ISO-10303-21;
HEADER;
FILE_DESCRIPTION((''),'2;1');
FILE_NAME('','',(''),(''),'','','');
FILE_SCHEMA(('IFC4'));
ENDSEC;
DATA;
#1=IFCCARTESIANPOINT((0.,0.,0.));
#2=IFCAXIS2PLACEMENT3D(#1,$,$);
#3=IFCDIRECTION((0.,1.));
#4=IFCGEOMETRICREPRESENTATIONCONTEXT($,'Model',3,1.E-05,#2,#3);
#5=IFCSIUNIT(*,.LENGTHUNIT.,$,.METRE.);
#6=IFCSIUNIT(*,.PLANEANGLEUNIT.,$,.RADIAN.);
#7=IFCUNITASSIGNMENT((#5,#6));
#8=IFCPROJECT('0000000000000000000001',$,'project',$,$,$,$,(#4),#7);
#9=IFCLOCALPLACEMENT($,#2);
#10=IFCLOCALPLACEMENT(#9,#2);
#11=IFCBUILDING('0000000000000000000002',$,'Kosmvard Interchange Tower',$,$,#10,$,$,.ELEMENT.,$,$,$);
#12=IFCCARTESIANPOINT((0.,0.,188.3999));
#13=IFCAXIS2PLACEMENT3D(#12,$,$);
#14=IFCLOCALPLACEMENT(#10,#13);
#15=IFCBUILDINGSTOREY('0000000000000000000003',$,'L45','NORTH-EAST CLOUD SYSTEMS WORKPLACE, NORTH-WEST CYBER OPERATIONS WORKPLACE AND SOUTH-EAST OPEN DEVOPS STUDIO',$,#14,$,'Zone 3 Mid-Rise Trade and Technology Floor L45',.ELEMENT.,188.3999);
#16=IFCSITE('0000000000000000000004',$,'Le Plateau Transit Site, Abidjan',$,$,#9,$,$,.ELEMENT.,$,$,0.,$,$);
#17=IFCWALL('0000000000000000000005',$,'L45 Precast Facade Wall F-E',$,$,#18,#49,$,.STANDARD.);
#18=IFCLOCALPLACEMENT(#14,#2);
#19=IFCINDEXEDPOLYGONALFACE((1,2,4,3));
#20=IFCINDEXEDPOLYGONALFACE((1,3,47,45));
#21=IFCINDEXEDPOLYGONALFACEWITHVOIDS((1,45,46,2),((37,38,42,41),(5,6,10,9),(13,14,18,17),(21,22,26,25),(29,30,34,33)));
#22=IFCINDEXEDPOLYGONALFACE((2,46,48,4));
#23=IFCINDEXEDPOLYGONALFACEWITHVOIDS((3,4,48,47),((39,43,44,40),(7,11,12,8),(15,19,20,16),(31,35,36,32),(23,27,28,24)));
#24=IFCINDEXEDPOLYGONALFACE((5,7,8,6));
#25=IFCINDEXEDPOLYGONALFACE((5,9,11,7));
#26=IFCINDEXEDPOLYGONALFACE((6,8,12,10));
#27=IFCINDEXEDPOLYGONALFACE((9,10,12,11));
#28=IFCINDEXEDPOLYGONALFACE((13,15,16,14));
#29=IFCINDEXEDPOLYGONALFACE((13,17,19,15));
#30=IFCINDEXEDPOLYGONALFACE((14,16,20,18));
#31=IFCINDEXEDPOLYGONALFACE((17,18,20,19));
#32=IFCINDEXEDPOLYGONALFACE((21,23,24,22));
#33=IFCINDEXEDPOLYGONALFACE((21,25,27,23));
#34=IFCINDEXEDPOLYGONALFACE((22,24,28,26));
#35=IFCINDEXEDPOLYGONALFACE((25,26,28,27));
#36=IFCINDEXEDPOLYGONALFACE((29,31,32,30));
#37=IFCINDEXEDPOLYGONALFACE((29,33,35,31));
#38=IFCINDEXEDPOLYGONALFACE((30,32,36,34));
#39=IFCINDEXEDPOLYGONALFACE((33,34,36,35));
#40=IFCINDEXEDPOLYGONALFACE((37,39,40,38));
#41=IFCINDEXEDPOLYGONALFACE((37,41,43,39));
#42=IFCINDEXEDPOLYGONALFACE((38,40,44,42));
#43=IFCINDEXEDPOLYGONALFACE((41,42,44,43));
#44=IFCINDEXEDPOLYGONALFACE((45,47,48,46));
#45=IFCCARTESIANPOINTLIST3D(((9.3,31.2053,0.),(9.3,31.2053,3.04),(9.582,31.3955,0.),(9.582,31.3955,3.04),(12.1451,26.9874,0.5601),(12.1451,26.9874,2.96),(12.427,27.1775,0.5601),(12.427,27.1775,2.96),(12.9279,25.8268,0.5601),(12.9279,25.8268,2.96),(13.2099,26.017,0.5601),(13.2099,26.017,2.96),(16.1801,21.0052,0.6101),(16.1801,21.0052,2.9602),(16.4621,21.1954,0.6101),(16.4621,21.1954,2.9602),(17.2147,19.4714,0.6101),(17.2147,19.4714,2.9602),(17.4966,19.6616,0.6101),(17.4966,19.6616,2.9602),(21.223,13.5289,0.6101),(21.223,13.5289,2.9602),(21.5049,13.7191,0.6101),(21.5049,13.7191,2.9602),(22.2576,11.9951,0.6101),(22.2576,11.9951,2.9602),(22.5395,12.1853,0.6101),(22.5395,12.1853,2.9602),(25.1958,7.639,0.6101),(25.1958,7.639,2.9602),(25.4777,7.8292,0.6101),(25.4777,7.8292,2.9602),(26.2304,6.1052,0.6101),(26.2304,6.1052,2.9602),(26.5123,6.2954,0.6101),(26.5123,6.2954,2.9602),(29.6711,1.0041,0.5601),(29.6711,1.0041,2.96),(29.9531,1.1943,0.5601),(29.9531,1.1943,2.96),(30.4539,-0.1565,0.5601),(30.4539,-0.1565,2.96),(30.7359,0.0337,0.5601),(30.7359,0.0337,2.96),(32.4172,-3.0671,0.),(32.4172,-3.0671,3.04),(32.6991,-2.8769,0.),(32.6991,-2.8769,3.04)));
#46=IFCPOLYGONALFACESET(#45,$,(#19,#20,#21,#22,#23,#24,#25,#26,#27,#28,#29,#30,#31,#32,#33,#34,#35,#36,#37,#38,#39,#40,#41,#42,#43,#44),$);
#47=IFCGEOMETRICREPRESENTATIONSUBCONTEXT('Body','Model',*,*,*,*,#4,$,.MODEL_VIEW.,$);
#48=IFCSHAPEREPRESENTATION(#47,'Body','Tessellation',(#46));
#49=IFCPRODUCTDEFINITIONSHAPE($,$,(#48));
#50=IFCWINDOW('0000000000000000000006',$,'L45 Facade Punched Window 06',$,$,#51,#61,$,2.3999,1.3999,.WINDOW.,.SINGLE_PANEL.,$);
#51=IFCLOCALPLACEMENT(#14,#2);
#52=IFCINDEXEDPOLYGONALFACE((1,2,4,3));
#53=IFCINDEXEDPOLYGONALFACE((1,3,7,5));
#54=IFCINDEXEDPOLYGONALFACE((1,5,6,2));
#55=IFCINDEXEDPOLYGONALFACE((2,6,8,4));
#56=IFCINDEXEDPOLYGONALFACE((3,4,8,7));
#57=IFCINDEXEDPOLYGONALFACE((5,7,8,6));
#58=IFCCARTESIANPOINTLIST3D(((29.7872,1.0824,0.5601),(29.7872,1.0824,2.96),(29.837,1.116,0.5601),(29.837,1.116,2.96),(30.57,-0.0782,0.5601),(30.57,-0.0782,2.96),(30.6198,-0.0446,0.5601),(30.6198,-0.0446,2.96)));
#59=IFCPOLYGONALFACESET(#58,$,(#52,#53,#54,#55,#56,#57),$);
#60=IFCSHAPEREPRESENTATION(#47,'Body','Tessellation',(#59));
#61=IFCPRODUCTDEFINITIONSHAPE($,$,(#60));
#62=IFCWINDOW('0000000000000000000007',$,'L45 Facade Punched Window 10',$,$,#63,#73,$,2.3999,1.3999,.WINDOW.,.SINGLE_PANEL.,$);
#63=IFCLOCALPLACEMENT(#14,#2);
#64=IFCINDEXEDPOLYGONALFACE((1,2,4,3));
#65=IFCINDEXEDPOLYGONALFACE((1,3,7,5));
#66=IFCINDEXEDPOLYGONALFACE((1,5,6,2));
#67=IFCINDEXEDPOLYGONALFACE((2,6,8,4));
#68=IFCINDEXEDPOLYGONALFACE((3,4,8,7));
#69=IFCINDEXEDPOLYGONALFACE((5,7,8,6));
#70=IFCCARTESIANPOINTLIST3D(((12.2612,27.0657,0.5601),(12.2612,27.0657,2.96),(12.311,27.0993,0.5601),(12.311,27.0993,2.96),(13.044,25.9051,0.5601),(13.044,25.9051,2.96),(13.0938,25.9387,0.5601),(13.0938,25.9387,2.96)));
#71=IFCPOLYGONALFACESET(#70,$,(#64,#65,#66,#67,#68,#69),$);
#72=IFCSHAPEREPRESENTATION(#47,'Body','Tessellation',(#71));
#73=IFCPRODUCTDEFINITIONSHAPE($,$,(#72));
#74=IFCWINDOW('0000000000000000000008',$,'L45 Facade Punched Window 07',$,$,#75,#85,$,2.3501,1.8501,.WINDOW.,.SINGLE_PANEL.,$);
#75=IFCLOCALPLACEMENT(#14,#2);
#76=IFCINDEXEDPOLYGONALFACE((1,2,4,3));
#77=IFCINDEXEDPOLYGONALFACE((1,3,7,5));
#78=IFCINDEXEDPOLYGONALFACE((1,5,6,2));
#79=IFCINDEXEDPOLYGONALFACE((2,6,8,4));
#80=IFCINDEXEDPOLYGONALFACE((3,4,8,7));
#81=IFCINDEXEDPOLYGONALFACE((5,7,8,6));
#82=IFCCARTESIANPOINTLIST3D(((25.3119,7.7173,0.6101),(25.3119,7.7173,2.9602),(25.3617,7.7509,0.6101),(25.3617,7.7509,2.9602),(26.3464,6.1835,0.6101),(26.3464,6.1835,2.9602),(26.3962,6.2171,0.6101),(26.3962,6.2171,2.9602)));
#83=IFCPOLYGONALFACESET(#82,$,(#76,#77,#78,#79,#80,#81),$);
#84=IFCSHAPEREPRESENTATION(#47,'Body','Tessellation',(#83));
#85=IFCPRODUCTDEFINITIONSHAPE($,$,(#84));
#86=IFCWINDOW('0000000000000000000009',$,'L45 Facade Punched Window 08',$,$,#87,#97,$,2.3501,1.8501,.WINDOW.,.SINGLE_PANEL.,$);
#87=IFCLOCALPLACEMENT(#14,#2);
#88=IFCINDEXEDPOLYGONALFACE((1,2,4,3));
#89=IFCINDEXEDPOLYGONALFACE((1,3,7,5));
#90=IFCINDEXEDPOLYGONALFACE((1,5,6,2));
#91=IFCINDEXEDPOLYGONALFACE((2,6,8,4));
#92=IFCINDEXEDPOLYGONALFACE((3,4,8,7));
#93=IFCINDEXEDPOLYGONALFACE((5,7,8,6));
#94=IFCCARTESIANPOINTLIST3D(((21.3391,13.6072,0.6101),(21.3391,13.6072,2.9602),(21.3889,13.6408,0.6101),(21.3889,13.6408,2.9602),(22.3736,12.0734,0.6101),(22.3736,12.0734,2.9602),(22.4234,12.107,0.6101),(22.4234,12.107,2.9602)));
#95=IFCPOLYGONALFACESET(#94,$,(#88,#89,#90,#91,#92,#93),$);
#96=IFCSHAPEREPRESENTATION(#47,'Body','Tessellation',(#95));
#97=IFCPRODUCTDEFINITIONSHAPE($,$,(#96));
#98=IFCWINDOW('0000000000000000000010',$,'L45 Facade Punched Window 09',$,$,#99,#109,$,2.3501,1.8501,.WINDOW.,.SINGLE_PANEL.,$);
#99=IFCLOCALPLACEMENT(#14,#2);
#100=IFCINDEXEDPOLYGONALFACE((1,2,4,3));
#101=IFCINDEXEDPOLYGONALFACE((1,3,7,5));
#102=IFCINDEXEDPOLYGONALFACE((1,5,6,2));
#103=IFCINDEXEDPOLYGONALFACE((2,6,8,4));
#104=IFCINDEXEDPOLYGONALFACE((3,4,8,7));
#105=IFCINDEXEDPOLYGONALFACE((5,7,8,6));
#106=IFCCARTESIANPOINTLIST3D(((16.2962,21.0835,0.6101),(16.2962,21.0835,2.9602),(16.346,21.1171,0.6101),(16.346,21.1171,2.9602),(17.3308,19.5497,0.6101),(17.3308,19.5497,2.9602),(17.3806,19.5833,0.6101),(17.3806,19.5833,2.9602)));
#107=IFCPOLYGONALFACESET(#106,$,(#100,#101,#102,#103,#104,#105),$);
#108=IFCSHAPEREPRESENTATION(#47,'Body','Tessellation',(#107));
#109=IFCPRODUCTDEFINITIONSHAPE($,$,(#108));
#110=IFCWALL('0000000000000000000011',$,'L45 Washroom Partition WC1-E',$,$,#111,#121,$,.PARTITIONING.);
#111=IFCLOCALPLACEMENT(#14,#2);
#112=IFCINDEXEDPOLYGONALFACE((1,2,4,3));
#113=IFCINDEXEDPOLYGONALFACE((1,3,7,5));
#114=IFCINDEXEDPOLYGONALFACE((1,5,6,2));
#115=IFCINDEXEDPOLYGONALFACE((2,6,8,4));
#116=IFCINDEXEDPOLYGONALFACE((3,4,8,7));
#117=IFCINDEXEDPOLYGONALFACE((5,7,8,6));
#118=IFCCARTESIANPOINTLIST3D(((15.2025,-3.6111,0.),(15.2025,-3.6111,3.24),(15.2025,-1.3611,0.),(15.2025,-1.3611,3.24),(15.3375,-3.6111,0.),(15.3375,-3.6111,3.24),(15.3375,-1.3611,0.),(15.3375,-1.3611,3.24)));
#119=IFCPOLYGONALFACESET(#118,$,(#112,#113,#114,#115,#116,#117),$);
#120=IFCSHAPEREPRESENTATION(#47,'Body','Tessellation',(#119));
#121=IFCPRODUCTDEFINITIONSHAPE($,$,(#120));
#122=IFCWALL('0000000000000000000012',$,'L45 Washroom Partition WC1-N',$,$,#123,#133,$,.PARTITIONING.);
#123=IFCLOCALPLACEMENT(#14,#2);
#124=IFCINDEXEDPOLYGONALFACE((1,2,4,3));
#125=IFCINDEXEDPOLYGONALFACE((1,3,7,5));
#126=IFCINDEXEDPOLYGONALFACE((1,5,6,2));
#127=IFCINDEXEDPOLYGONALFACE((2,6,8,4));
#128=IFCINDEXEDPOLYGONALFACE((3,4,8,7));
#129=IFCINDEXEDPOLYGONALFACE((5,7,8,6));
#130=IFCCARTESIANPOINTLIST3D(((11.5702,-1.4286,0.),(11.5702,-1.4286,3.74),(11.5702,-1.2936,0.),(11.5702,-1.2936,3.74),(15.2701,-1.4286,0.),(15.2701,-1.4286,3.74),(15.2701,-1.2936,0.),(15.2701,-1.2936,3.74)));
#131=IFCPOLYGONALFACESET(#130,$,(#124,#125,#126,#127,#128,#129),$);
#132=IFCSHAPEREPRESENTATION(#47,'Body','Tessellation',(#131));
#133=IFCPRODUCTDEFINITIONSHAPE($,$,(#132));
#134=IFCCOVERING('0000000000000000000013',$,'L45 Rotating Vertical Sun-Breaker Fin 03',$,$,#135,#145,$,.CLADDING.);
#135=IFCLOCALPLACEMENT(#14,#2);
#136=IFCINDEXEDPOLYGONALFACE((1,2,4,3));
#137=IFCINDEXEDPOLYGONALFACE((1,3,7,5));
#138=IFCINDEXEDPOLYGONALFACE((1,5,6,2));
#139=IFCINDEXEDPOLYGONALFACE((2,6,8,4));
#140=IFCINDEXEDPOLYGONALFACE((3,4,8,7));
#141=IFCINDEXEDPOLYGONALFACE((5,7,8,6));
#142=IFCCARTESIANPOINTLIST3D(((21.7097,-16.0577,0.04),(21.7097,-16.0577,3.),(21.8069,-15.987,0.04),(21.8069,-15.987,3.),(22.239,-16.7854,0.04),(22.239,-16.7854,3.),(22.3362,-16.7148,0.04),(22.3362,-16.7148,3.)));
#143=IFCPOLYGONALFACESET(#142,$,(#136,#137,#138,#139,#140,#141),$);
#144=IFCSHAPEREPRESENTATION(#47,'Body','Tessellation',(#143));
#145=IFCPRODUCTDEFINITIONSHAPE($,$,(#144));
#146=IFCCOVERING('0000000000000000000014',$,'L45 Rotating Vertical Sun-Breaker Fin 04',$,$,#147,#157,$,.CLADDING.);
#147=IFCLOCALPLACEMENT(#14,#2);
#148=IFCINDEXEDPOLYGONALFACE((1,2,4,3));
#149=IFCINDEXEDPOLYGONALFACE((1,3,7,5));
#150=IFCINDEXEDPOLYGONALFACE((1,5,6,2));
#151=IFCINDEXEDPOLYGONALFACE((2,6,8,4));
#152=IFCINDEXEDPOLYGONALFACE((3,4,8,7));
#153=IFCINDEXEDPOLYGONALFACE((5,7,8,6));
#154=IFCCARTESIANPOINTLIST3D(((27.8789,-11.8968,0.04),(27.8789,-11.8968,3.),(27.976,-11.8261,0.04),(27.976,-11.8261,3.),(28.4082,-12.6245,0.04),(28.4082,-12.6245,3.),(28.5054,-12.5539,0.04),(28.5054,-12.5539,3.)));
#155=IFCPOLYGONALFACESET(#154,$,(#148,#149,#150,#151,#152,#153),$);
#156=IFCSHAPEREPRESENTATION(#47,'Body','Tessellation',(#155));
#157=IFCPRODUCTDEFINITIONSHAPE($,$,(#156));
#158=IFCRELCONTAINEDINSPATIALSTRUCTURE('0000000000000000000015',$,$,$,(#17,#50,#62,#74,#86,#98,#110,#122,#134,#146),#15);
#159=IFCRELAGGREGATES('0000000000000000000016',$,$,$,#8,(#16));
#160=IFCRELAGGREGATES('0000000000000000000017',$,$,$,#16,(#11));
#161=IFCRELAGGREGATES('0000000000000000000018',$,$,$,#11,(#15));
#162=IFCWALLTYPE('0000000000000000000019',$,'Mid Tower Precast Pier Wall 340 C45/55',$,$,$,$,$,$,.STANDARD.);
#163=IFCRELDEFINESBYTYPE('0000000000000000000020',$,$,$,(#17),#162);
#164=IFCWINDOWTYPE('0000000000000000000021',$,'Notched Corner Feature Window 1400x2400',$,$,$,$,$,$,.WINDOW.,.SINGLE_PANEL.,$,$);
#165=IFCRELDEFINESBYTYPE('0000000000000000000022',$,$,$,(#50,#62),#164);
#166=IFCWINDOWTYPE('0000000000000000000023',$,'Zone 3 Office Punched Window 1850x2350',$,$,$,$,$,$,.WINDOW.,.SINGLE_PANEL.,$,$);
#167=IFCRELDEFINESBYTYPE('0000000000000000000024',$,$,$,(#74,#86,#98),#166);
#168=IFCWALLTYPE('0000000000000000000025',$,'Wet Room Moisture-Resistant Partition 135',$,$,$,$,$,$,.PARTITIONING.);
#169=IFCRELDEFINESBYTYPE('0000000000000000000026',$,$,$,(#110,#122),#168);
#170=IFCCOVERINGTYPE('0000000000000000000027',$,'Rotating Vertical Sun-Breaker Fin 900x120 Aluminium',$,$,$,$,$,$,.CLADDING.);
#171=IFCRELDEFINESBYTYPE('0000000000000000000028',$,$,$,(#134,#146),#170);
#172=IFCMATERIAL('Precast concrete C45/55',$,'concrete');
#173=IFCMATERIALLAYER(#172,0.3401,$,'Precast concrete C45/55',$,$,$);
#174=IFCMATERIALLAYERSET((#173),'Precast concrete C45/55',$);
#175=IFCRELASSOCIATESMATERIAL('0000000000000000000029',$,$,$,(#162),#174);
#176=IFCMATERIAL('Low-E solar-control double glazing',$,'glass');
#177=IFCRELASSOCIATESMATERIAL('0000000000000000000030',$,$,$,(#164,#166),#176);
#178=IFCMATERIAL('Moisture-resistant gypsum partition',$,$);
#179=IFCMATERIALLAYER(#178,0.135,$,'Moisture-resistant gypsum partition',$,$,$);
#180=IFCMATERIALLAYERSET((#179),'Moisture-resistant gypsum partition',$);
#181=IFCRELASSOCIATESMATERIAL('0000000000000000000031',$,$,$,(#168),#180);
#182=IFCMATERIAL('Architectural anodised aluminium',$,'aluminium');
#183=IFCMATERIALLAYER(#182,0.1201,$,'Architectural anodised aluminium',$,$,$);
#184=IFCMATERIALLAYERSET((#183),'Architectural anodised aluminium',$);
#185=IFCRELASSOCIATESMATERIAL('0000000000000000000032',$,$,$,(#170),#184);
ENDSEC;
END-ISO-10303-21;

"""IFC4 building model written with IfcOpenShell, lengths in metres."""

from ifc_helpers import new_model, si_unit, direction, frame, frame_2d, origin, origin_2d, place, context, subcontext, project, spatial, rectangle, extrude, source, transform, mapped, material, layer, layer_set, type_object, element, fill, save


model = new_model("IFC4")

# Units and contexts
model_context = context("Model", 3, precision=1e-05, world=origin(), true_north=direction((0.0, 1.0)))
body_context = subcontext(model_context, "Body", "Model", "MODEL_VIEW")
ifc_project = project(units=[si_unit("LENGTHUNIT", "METRE"), si_unit("PLANEANGLEUNIT", "RADIAN")], contexts=[model_context])

# Site, building, storey
site_placement = place(None, origin())
site = spatial("IfcSite", under=ifc_project, at=site_placement, Name="Le Plateau Transit Site, Abidjan", CompositionType="ELEMENT", RefElevation=0.0)
building_placement = place(site_placement, origin())
building = spatial("IfcBuilding", under=site, at=building_placement, Name="Kosmvard Interchange Tower", CompositionType="ELEMENT")
storey_placement = place(building_placement, frame((0.0, 0.0, 188.3999)))
storey = spatial("IfcBuildingStorey", under=building, at=storey_placement, Name="L45", Description="NORTH-EAST CLOUD SYSTEMS WORKPLACE, NORTH-WEST CYBER OPERATIONS WORKPLACE AND SOUTH-EAST OPEN DEVOPS STUDIO", LongName="Zone 3 Mid-Rise Trade and Technology Floor L45", CompositionType="ELEMENT", Elevation=188.3999)

# Shared definitions
ifc_material_1 = material(Name="Precast concrete C45/55", Category="concrete")

# Shared definitions
ifc_layer_1 = layer(ifc_material_1, 0.3401, Name="Precast concrete C45/55")
ifc_layer_set_1 = layer_set([ifc_layer_1], Name="Precast concrete C45/55")
wall_type_1 = type_object("IfcWallType", Name="Mid Tower Precast Pier Wall 340 C45/55", PredefinedType="STANDARD", material=ifc_layer_set_1)

# Shared definitions
ifc_material_2 = material(Name="Low-E solar-control double glazing", Category="glass")
window_type_1 = type_object("IfcWindowType", Name="Notched Corner Feature Window 1400x2400", PartitioningType="SINGLE_PANEL", PredefinedType="WINDOW", material=ifc_material_2)
shared_shape_1 = source(origin(), body_context, "Body", "SweptSolid", [
    extrude(rectangle(XDim=1.3999, YDim=2.3999, at=frame_2d((0.7, 1.2))), frame((0.0, 0.03, 0.0), z_axis=(0.0, -1.0, 0.0), x_axis=(1.0, 0.0, 0.0)), (0.0, 0.0, 1.0), 0.0601),
])

# Wall, openings, windows
wall_1_placement = place(storey_placement, frame((32.5581, -2.9719, 0.0), z_axis=(0.0, 0.0, 1.0), x_axis=(-0.559195, 0.829036, 0.0)))
wall_1 = element("IfcWall", 1, at=wall_1_placement, inside=storey, type_object=wall_type_1, Name="L45 Precast Facade Wall F-E", PredefinedType="STANDARD", context=body_context, shape_type="SweptSolid", body=[
    extrude(rectangle(XDim=41.3401, YDim=0.3401, at=frame_2d((20.6699, 0.0))), origin(), (0.0, 0.0, 1.0), 3.04),
])
opening_1_placement = place(wall_1_placement, frame((3.5107, 0.0, 0.5601)))
opening_1 = element("IfcOpeningElement", 2, at=opening_1_placement, cuts=wall_1, PredefinedType="OPENING", context=body_context, shape_type="SweptSolid", body=[
    extrude(rectangle(XDim=1.3999, YDim=2.3999, at=frame_2d((0.7, 1.2))), frame((0.0, 0.1802, 0.0), z_axis=(0.0, -1.0, 0.0), x_axis=(1.0, 0.0, 0.0)), (0.0, 0.0, 1.0), 0.3601),
])
opening_2_placement = place(wall_1_placement, frame((11.0637, 0.0, 0.6101)))
opening_2 = element("IfcOpeningElement", 3, at=opening_2_placement, cuts=wall_1, PredefinedType="OPENING", context=body_context, shape_type="SweptSolid", body=[
    extrude(rectangle(XDim=1.8501, YDim=2.3501, at=frame_2d((0.925, 1.175))), frame((0.0, 0.1802, 0.0), z_axis=(0.0, -1.0, 0.0), x_axis=(1.0, 0.0, 0.0)), (0.0, 0.0, 1.0), 0.3601),
])
opening_3_placement = place(wall_1_placement, frame((18.1682, 0.0, 0.6101)))
opening_3 = element("IfcOpeningElement", 4, at=opening_3_placement, cuts=wall_1, PredefinedType="OPENING", context=body_context, shape_type="SweptSolid", body=[
    extrude(rectangle(XDim=1.8501, YDim=2.3501, at=frame_2d((0.925, 1.175))), frame((0.0, 0.1802, 0.0), z_axis=(0.0, -1.0, 0.0), x_axis=(1.0, 0.0, 0.0)), (0.0, 0.0, 1.0), 0.3601),
])
opening_4_placement = place(wall_1_placement, frame((27.1863, 0.0, 0.6101)))
opening_4 = element("IfcOpeningElement", 5, at=opening_4_placement, cuts=wall_1, PredefinedType="OPENING", context=body_context, shape_type="SweptSolid", body=[
    extrude(rectangle(XDim=1.8501, YDim=2.3501, at=frame_2d((0.925, 1.175))), frame((0.0, 0.1802, 0.0), z_axis=(0.0, -1.0, 0.0), x_axis=(1.0, 0.0, 0.0)), (0.0, 0.0, 1.0), 0.3601),
])
opening_5_placement = place(wall_1_placement, frame((34.8523, 0.0, 0.5601)))
opening_5 = element("IfcOpeningElement", 6, at=opening_5_placement, cuts=wall_1, PredefinedType="OPENING", context=body_context, shape_type="SweptSolid", body=[
    extrude(rectangle(XDim=1.3999, YDim=2.3999, at=frame_2d((0.7, 1.2))), frame((0.0, 0.1802, 0.0), z_axis=(0.0, -1.0, 0.0), x_axis=(1.0, 0.0, 0.0)), (0.0, 0.0, 1.0), 0.3601),
])
window_1_placement = place(opening_1_placement, origin())
window_1 = element("IfcWindow", 7, at=window_1_placement, inside=storey, type_object=window_type_1, Name="L45 Facade Punched Window 06", OverallHeight=2.3999, OverallWidth=1.3999, PartitioningType="SINGLE_PANEL", PredefinedType="WINDOW", context=body_context, shape_type="MappedRepresentation", body=[
    mapped(shared_shape_1, transform((0.0, 0.0, 0.0), scale=1.0)),
])
fill(opening_1, window_1)
window_2_placement = place(opening_5_placement, origin())
window_2 = element("IfcWindow", 8, at=window_2_placement, inside=storey, type_object=window_type_1, Name="L45 Facade Punched Window 10", OverallHeight=2.3999, OverallWidth=1.3999, PartitioningType="SINGLE_PANEL", PredefinedType="WINDOW", context=body_context, shape_type="MappedRepresentation", body=[
    mapped(shared_shape_1, transform((0.0, 0.0, 0.0), scale=1.0)),
])
fill(opening_5, window_2)
window_type_2 = type_object("IfcWindowType", Name="Zone 3 Office Punched Window 1850x2350", PartitioningType="SINGLE_PANEL", PredefinedType="WINDOW", material=ifc_material_2)
shared_shape_2 = source(origin(), body_context, "Body", "SweptSolid", [
    extrude(rectangle(XDim=1.8501, YDim=2.3501, at=frame_2d((0.925, 1.175))), frame((0.0, 0.03, 0.0), z_axis=(0.0, -1.0, 0.0), x_axis=(1.0, 0.0, 0.0)), (0.0, 0.0, 1.0), 0.0601),
])
window_3_placement = place(opening_2_placement, origin())
window_3 = element("IfcWindow", 9, at=window_3_placement, inside=storey, type_object=window_type_2, Name="L45 Facade Punched Window 07", OverallHeight=2.3501, OverallWidth=1.8501, PartitioningType="SINGLE_PANEL", PredefinedType="WINDOW", context=body_context, shape_type="MappedRepresentation", body=[
    mapped(shared_shape_2, transform((0.0, 0.0, 0.0), scale=1.0)),
])
fill(opening_2, window_3)
window_4_placement = place(opening_3_placement, origin())
window_4 = element("IfcWindow", 10, at=window_4_placement, inside=storey, type_object=window_type_2, Name="L45 Facade Punched Window 08", OverallHeight=2.3501, OverallWidth=1.8501, PartitioningType="SINGLE_PANEL", PredefinedType="WINDOW", context=body_context, shape_type="MappedRepresentation", body=[
    mapped(shared_shape_2, transform((0.0, 0.0, 0.0), scale=1.0)),
])
fill(opening_3, window_4)
window_5_placement = place(opening_4_placement, origin())
window_5 = element("IfcWindow", 11, at=window_5_placement, inside=storey, type_object=window_type_2, Name="L45 Facade Punched Window 09", OverallHeight=2.3501, OverallWidth=1.8501, PartitioningType="SINGLE_PANEL", PredefinedType="WINDOW", context=body_context, shape_type="MappedRepresentation", body=[
    mapped(shared_shape_2, transform((0.0, 0.0, 0.0), scale=1.0)),
])
fill(opening_4, window_5)

# Walls
ifc_material_3 = material(Name="Moisture-resistant gypsum partition")
ifc_layer_2 = layer(ifc_material_3, 0.135, Name="Moisture-resistant gypsum partition")
ifc_layer_set_2 = layer_set([ifc_layer_2], Name="Moisture-resistant gypsum partition")
wall_type_2 = type_object("IfcWallType", Name="Wet Room Moisture-Resistant Partition 135", PredefinedType="PARTITIONING", material=ifc_layer_set_2)
wall_2_placement = place(storey_placement, frame((15.27, -3.6111, 0.0), z_axis=(0.0, 0.0, 1.0), x_axis=(0.0, 1.0, 0.0)))
element("IfcWall", 12, at=wall_2_placement, inside=storey, type_object=wall_type_2, Name="L45 Washroom Partition WC1-E", PredefinedType="PARTITIONING", context=body_context, shape_type="SweptSolid", body=[
    extrude(rectangle(XDim=2.25, YDim=0.135, at=frame_2d((1.125, 0.0))), origin(), (0.0, 0.0, 1.0), 3.24),
])
wall_3_placement = place(storey_placement, frame((11.5701, -1.3611, 0.0), z_axis=(0.0, 0.0, 1.0), x_axis=(1.0, 0.0, 0.0)))
element("IfcWall", 13, at=wall_3_placement, inside=storey, type_object=wall_type_2, Name="L45 Washroom Partition WC1-N", PredefinedType="PARTITIONING", context=body_context, shape_type="SweptSolid", body=[
    extrude(rectangle(XDim=3.7, YDim=0.135, at=frame_2d((1.8501, 0.0))), origin(), (0.0, 0.0, 1.0), 3.74),
])

# Coverings
ifc_material_4 = material(Name="Architectural anodised aluminium", Category="aluminium")
ifc_layer_3 = layer(ifc_material_4, 0.1201, Name="Architectural anodised aluminium")
ifc_layer_set_3 = layer_set([ifc_layer_3], Name="Architectural anodised aluminium")
covering_type = type_object("IfcCoveringType", Name="Rotating Vertical Sun-Breaker Fin 900x120 Aluminium", PredefinedType="CLADDING", material=ifc_layer_set_3)
shared_shape_3 = source(origin(), body_context, "Body", "SweptSolid", [
    extrude(rectangle(XDim=0.8999, YDim=0.1201, at=origin_2d()), origin(), (0.0, 0.0, 1.0), 2.96),
])
for number, where, z_axis, x_axis, name in (
    (14, (22.0229, -16.3862, 0.04), (0.0, 0.0, 1.0), (0.588209, -0.808709, 0.0), "L45 Rotating Vertical Sun-Breaker Fin 03"),
    (15, (28.1921, -12.2253, 0.04), (0.0, 0.0, 1.0), (0.588209, -0.808709, 0.0), "L45 Rotating Vertical Sun-Breaker Fin 04"),
):
    element("IfcCovering", number, at=place(storey_placement, frame(where, z_axis=z_axis, x_axis=x_axis)), inside=storey, type_object=covering_type, Name=name, PredefinedType="CLADDING", context=body_context, shape_type="MappedRepresentation", body=[
        mapped(shared_shape_3, transform((0.0, 0.0, 0.0), scale=1.0)),
    ])

save(model, "model.ifc")
